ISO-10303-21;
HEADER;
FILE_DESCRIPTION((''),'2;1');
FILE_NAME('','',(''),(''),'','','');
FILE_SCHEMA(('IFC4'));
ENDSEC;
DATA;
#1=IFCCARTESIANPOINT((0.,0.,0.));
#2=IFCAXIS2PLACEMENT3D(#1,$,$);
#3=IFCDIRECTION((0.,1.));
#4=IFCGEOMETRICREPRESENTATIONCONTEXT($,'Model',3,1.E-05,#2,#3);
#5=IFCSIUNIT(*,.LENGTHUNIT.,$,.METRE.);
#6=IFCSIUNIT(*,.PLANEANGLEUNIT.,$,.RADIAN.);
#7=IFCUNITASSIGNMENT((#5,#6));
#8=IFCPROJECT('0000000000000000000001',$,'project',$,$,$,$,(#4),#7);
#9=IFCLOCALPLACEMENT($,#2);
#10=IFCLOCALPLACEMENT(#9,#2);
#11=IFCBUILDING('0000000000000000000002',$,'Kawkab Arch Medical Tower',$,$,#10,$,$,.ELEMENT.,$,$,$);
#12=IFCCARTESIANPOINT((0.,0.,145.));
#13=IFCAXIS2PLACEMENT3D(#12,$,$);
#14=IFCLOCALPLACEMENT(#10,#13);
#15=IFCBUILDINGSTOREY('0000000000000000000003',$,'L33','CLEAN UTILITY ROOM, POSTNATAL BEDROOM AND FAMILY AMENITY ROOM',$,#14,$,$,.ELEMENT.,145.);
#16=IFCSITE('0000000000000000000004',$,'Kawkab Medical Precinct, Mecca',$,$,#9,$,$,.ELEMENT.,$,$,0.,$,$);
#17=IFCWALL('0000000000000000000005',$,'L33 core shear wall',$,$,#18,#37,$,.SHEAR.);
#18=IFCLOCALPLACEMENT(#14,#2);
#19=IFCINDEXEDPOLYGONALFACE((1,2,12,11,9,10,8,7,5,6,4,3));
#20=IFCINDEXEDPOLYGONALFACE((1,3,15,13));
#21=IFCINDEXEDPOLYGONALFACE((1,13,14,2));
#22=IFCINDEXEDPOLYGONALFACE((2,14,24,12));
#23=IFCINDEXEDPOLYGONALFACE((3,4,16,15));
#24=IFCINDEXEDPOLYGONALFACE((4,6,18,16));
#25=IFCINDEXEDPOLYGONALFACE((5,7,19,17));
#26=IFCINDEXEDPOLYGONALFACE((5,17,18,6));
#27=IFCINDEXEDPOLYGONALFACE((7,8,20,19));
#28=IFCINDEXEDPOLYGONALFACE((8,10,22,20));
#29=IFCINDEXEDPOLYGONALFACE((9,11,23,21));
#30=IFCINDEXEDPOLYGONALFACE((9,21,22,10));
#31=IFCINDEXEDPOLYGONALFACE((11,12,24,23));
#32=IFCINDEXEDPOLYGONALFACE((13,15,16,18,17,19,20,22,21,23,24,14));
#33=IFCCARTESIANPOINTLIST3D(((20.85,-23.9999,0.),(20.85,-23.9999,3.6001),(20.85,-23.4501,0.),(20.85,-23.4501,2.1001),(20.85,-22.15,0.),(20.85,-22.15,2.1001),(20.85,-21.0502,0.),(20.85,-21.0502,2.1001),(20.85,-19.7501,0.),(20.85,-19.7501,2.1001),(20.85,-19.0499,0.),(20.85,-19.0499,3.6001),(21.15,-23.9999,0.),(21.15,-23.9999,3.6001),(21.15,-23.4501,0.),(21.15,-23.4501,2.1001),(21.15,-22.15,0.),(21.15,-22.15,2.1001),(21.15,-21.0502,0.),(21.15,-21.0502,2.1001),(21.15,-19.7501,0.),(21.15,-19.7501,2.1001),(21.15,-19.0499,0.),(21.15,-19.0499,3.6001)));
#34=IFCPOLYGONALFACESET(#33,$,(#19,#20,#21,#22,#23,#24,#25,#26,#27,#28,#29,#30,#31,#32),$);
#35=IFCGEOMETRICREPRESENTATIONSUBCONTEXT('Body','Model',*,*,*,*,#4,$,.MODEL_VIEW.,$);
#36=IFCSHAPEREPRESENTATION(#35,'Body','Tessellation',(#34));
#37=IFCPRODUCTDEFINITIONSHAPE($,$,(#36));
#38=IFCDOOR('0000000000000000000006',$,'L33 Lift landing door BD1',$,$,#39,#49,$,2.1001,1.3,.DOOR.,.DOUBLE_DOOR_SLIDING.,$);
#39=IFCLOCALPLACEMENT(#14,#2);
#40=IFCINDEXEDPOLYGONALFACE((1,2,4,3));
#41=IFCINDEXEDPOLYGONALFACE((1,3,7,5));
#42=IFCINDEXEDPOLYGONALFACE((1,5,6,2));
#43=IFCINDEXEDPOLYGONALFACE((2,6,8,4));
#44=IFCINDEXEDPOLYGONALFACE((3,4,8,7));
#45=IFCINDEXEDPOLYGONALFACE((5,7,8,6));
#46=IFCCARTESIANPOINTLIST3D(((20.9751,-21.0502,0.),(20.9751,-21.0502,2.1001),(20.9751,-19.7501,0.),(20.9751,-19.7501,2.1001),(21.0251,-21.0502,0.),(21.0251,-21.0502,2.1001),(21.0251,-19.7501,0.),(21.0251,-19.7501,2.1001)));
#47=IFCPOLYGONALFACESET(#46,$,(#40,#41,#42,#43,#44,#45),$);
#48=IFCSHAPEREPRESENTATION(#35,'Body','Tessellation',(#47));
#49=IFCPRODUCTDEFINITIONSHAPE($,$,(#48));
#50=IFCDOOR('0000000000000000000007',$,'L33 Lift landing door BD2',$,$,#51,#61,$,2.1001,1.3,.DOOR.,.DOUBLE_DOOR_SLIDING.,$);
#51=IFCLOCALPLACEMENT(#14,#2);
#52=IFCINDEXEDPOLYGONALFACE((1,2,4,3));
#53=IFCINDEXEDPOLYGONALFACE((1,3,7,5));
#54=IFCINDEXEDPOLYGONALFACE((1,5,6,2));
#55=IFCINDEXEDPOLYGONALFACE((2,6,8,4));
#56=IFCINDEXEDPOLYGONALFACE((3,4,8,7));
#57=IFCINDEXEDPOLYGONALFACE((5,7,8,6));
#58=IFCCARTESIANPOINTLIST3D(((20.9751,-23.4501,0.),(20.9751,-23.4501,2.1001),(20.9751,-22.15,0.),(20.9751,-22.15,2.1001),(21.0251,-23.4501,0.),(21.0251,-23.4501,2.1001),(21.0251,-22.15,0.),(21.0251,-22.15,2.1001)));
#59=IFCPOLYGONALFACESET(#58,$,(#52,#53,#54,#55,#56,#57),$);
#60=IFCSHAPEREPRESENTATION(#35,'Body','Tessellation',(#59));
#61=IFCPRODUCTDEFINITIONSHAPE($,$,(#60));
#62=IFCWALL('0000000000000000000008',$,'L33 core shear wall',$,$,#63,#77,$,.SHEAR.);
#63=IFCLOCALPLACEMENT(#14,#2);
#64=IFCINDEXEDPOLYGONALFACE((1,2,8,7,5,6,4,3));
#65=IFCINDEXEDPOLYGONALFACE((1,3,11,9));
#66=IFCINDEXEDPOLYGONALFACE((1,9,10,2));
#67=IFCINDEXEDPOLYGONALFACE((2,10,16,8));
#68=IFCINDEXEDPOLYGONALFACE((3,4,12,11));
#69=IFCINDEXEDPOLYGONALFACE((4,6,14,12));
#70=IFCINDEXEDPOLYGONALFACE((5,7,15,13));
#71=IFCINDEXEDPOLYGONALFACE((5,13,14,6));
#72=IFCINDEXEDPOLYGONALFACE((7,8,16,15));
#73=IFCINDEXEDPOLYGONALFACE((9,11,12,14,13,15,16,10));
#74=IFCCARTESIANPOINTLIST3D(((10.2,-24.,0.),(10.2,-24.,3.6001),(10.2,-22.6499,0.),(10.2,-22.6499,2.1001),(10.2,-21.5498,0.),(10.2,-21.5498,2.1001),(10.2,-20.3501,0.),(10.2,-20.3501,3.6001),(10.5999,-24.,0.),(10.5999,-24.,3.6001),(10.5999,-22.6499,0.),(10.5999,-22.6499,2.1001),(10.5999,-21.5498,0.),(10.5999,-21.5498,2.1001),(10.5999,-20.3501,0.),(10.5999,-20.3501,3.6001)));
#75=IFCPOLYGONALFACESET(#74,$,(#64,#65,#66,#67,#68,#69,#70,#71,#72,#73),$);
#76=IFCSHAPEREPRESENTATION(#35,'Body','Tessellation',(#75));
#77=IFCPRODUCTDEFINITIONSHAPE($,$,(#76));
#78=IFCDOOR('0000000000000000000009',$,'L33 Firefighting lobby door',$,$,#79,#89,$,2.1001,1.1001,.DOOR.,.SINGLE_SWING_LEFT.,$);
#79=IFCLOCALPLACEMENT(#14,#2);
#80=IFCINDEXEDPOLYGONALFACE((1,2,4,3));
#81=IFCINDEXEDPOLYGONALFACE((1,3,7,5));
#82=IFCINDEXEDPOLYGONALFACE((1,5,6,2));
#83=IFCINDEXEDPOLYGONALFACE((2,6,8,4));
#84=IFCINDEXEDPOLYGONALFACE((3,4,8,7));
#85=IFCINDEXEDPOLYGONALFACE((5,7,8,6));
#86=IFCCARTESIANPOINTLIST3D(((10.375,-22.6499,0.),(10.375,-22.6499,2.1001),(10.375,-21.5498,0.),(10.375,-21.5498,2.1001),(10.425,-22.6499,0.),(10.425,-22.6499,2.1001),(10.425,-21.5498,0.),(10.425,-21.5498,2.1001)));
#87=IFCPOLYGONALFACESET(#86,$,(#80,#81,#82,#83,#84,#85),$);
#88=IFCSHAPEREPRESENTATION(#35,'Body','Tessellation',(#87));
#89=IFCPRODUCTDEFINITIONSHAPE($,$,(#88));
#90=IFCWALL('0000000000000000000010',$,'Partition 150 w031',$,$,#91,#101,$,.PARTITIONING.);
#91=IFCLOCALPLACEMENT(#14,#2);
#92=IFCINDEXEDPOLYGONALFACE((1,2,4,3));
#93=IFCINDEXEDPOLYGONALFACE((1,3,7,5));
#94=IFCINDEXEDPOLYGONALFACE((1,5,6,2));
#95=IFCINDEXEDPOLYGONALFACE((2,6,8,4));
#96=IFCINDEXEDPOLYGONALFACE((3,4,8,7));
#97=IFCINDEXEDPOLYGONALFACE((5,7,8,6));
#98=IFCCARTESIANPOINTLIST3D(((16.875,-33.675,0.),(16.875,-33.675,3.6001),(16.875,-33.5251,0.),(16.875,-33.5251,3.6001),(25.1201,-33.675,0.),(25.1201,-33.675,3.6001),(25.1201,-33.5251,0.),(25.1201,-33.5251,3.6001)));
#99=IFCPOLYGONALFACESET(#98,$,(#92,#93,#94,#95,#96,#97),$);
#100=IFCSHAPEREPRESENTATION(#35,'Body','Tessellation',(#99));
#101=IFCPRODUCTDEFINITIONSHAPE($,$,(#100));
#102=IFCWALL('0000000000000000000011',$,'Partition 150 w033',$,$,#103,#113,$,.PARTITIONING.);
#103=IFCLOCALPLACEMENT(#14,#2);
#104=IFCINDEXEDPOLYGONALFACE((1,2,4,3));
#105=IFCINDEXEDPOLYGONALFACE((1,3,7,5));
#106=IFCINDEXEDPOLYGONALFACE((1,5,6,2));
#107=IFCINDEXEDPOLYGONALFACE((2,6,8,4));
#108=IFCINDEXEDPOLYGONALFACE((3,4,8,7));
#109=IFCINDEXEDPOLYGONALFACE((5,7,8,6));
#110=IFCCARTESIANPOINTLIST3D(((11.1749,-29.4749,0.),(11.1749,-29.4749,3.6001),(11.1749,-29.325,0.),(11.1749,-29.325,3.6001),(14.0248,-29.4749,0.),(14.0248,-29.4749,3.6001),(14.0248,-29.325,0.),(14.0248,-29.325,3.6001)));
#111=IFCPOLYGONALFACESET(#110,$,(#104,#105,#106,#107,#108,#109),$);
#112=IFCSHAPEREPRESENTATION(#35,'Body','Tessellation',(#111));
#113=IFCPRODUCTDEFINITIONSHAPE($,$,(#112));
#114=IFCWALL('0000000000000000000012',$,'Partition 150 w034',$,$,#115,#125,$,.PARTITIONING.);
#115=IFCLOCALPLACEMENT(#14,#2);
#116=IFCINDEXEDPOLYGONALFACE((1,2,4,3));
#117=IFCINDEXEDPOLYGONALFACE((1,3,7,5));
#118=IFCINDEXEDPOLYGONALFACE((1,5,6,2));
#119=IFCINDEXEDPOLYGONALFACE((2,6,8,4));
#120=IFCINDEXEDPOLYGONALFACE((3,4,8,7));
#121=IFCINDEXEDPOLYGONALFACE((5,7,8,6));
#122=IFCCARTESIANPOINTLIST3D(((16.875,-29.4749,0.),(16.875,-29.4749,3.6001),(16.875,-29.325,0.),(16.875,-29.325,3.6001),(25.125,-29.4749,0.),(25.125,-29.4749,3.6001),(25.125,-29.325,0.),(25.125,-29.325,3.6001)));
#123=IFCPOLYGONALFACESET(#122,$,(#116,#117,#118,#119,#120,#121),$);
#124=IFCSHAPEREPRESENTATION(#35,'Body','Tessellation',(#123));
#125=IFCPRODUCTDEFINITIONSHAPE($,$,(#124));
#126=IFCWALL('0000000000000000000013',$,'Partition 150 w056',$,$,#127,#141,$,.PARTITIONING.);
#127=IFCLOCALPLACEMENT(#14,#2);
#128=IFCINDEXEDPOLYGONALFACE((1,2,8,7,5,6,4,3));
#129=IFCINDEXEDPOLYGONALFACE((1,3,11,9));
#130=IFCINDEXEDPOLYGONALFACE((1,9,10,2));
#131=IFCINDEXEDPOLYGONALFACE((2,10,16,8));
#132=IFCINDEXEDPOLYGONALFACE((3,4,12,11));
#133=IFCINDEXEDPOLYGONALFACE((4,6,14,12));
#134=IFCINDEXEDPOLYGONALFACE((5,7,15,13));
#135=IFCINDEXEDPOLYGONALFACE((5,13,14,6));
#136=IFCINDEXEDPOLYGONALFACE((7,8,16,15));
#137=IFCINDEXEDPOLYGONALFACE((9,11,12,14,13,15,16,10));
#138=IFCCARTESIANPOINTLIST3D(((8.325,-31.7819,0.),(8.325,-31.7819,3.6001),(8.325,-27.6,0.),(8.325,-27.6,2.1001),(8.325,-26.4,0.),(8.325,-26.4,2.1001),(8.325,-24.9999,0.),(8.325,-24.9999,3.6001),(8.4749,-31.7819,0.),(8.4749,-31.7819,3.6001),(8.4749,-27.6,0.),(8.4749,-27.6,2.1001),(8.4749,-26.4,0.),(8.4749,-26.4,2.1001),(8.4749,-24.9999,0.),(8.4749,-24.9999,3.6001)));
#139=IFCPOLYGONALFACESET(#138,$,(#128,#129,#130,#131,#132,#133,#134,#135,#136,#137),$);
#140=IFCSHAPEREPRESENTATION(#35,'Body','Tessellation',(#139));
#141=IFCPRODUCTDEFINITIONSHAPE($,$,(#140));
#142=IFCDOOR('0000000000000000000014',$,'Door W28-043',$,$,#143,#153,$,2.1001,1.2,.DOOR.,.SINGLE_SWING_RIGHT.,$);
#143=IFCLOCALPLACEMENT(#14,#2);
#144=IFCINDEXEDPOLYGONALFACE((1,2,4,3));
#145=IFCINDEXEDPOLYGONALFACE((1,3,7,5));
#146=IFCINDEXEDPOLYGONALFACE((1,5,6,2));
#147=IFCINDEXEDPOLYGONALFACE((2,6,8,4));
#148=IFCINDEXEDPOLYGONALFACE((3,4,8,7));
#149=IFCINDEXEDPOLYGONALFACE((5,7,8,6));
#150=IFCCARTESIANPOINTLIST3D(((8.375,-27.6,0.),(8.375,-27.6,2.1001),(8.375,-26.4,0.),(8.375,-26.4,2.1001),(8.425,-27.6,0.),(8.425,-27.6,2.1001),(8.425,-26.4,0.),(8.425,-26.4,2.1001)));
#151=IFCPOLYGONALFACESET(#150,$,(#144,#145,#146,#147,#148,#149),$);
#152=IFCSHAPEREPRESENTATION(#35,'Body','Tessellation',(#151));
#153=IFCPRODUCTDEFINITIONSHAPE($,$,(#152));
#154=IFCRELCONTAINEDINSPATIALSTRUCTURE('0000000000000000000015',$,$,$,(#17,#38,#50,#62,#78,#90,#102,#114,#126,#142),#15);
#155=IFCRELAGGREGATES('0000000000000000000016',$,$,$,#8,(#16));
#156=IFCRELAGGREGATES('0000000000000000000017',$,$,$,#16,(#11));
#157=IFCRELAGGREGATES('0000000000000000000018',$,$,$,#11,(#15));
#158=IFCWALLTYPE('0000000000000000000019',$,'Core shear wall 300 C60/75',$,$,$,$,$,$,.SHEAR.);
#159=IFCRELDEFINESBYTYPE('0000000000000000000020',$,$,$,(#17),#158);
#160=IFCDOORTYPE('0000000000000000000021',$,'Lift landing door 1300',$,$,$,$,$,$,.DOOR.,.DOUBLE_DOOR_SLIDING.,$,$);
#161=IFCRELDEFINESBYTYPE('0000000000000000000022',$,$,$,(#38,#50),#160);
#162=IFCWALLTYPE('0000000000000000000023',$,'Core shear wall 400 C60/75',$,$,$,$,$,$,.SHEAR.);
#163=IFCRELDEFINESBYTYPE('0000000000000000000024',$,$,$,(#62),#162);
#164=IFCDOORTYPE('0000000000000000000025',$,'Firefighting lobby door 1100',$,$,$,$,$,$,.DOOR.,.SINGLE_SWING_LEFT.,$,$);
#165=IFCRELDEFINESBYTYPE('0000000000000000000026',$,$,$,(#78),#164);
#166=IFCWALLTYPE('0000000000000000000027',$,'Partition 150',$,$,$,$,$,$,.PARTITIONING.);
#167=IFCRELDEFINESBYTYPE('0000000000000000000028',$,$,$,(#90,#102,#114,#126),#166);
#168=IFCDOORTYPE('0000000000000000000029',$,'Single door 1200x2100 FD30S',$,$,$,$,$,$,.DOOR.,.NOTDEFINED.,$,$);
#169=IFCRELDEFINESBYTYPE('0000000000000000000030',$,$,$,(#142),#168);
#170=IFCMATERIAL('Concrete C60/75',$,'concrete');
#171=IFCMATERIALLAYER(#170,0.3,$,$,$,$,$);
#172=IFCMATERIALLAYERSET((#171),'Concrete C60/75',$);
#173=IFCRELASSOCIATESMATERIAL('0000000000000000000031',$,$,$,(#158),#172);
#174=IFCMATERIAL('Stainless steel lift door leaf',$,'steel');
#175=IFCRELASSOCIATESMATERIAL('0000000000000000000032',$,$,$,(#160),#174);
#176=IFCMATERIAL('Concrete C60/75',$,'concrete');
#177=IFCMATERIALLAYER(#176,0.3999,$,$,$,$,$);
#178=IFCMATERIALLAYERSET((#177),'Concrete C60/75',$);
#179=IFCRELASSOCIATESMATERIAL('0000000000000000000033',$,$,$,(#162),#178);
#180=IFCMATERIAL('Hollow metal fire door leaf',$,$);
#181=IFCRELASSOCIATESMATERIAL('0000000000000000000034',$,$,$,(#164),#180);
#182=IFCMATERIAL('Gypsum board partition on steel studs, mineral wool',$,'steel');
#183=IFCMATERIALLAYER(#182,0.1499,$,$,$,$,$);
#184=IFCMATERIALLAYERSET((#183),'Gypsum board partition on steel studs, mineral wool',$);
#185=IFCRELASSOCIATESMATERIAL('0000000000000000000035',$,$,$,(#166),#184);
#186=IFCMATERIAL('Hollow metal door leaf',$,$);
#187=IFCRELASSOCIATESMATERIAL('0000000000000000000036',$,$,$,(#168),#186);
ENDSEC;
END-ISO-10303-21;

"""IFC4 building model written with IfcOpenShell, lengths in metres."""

from ifc_helpers import new_model, si_unit, direction, frame, frame_2d, origin, place, context, subcontext, project, spatial, rectangle, extrude, material, layer, layer_set, type_object, element, fill, save


model = new_model("IFC4")

# Units and contexts
model_context = context("Model", 3, precision=1e-05, world=origin(), true_north=direction((0.0, 1.0)))
body_context = subcontext(model_context, "Body", "Model", "MODEL_VIEW")
ifc_project = project(units=[si_unit("LENGTHUNIT", "METRE"), si_unit("PLANEANGLEUNIT", "RADIAN")], contexts=[model_context])

# Site, building, storey
site_placement = place(None, origin())
site = spatial("IfcSite", under=ifc_project, at=site_placement, Name="Kawkab Medical Precinct, Mecca", CompositionType="ELEMENT", RefElevation=0.0)
building_placement = place(site_placement, origin())
building = spatial("IfcBuilding", under=site, at=building_placement, Name="Kawkab Arch Medical Tower", CompositionType="ELEMENT")
storey_placement = place(building_placement, frame((0.0, 0.0, 145.0)))
storey = spatial("IfcBuildingStorey", under=building, at=storey_placement, Name="L33", Description="CLEAN UTILITY ROOM, POSTNATAL BEDROOM AND FAMILY AMENITY ROOM", CompositionType="ELEMENT", Elevation=145.0)

# Wall, openings, doors
ifc_material_1 = material(Name="Concrete C60/75", Category="concrete")
ifc_layer_1 = layer(ifc_material_1, 0.3)
ifc_layer_set_1 = layer_set([ifc_layer_1], Name="Concrete C60/75")
wall_type_1 = type_object("IfcWallType", Name="Core shear wall 300 C60/75", PredefinedType="SHEAR", material=ifc_layer_set_1)
wall_1_placement = place(storey_placement, frame((21.0, -24.0, 0.0), z_axis=(0.0, 0.0, 1.0), x_axis=(0.0, 1.0, 0.0)))
wall_1 = element("IfcWall", 1, at=wall_1_placement, inside=storey, type_object=wall_type_1, Name="L33 core shear wall", PredefinedType="SHEAR", context=body_context, shape_type="SweptSolid", body=[
    extrude(rectangle(XDim=4.95, YDim=0.3, at=frame_2d((2.4751, 0.0))), origin(), (0.0, 0.0, 1.0), 3.6001),
])
opening_1_placement = place(wall_1_placement, frame((2.95, 0.0, 0.0)))
opening_1 = element("IfcOpeningElement", 2, at=opening_1_placement, cuts=wall_1, PredefinedType="OPENING", context=body_context, shape_type="SweptSolid", body=[
    extrude(rectangle(XDim=1.3, YDim=2.1001, at=frame_2d((0.6499, 1.05))), frame((0.0, 0.1599, 0.0), z_axis=(0.0, -1.0, 0.0), x_axis=(1.0, 0.0, 0.0)), (0.0, 0.0, 1.0), 0.3201),
])
opening_2_placement = place(wall_1_placement, frame((0.55, 0.0, 0.0)))
opening_2 = element("IfcOpeningElement", 3, at=opening_2_placement, cuts=wall_1, PredefinedType="OPENING", context=body_context, shape_type="SweptSolid", body=[
    extrude(rectangle(XDim=1.3, YDim=2.1001, at=frame_2d((0.6499, 1.05))), frame((0.0, 0.1599, 0.0), z_axis=(0.0, -1.0, 0.0), x_axis=(1.0, 0.0, 0.0)), (0.0, 0.0, 1.0), 0.3201),
])
ifc_material_2 = material(Name="Stainless steel lift door leaf", Category="steel")
door_type_1 = type_object("IfcDoorType", Name="Lift landing door 1300", OperationType="DOUBLE_DOOR_SLIDING", PredefinedType="DOOR", material=ifc_material_2)
door_1_placement = place(opening_1_placement, origin())
door_1 = element("IfcDoor", 4, at=door_1_placement, inside=storey, type_object=door_type_1, Name="L33 Lift landing door BD1", OperationType="DOUBLE_DOOR_SLIDING", OverallHeight=2.1001, OverallWidth=1.3, PredefinedType="DOOR", context=body_context, shape_type="SweptSolid", body=[
    extrude(rectangle(XDim=1.3, YDim=2.1001, at=frame_2d((0.6499, 1.05))), frame((0.0, 0.0249, 0.0), z_axis=(0.0, -1.0, 0.0), x_axis=(1.0, 0.0, 0.0)), (0.0, 0.0, 1.0), 0.05),
])
fill(opening_1, door_1)
door_2_placement = place(opening_2_placement, origin())
door_2 = element("IfcDoor", 5, at=door_2_placement, inside=storey, type_object=door_type_1, Name="L33 Lift landing door BD2", OperationType="DOUBLE_DOOR_SLIDING", OverallHeight=2.1001, OverallWidth=1.3, PredefinedType="DOOR", context=body_context, shape_type="SweptSolid", body=[
    extrude(rectangle(XDim=1.3, YDim=2.1001, at=frame_2d((0.6499, 1.05))), frame((0.0, 0.0249, 0.0), z_axis=(0.0, -1.0, 0.0), x_axis=(1.0, 0.0, 0.0)), (0.0, 0.0, 1.0), 0.05),
])
fill(opening_2, door_2)

# Wall, opening, door
ifc_material_3 = material(Name="Concrete C60/75", Category="concrete")
ifc_layer_2 = layer(ifc_material_3, 0.3999)
ifc_layer_set_2 = layer_set([ifc_layer_2], Name="Concrete C60/75")
wall_type_2 = type_object("IfcWallType", Name="Core shear wall 400 C60/75", PredefinedType="SHEAR", material=ifc_layer_set_2)
wall_2_placement = place(storey_placement, frame((10.3999, -24.0, 0.0), z_axis=(0.0, 0.0, 1.0), x_axis=(0.0, 1.0, 0.0)))
wall_2 = element("IfcWall", 6, at=wall_2_placement, inside=storey, type_object=wall_type_2, Name="L33 core shear wall", PredefinedType="SHEAR", context=body_context, shape_type="SweptSolid", body=[
    extrude(rectangle(XDim=3.6499, YDim=0.3999, at=frame_2d((1.825, 0.0))), origin(), (0.0, 0.0, 1.0), 3.6001),
])
opening_3_placement = place(wall_2_placement, frame((1.3501, 0.0, 0.0)))
opening_3 = element("IfcOpeningElement", 7, at=opening_3_placement, cuts=wall_2, PredefinedType="OPENING", context=body_context, shape_type="SweptSolid", body=[
    extrude(rectangle(XDim=1.1001, YDim=2.1001, at=frame_2d((0.55, 1.05))), frame((0.0, 0.21, 0.0), z_axis=(0.0, -1.0, 0.0), x_axis=(1.0, 0.0, 0.0)), (0.0, 0.0, 1.0), 0.4199),
])
ifc_material_4 = material(Name="Hollow metal fire door leaf")
door_type_2 = type_object("IfcDoorType", Name="Firefighting lobby door 1100", OperationType="SINGLE_SWING_LEFT", PredefinedType="DOOR", material=ifc_material_4)
door_3_placement = place(opening_3_placement, origin())
door_3 = element("IfcDoor", 8, at=door_3_placement, inside=storey, type_object=door_type_2, Name="L33 Firefighting lobby door", OperationType="SINGLE_SWING_LEFT", OverallHeight=2.1001, OverallWidth=1.1001, PredefinedType="DOOR", context=body_context, shape_type="SweptSolid", body=[
    extrude(rectangle(XDim=1.1001, YDim=2.1001, at=frame_2d((0.55, 1.05))), frame((0.0, 0.0249, 0.0), z_axis=(0.0, -1.0, 0.0), x_axis=(1.0, 0.0, 0.0)), (0.0, 0.0, 1.0), 0.05),
])
fill(opening_3, door_3)

# Walls
ifc_material_5 = material(Name="Gypsum board partition on steel studs, mineral wool", Category="steel")
ifc_layer_3 = layer(ifc_material_5, 0.1499)
ifc_layer_set_3 = layer_set([ifc_layer_3], Name="Gypsum board partition on steel studs, mineral wool")
wall_type_3 = type_object("IfcWallType", Name="Partition 150", PredefinedType="PARTITIONING", material=ifc_layer_set_3)
wall_3_placement = place(storey_placement, frame((16.875, -33.6001, 0.0), z_axis=(0.0, 0.0, 1.0), x_axis=(1.0, 0.0, 0.0)))
element("IfcWall", 9, at=wall_3_placement, inside=storey, type_object=wall_type_3, Name="Partition 150 w031", PredefinedType="PARTITIONING", context=body_context, shape_type="SweptSolid", body=[
    extrude(rectangle(XDim=8.2451, YDim=0.1499, at=frame_2d((4.1226, 0.0))), origin(), (0.0, 0.0, 1.0), 3.6001),
])
wall_4_placement = place(storey_placement, frame((11.175, -29.3999, 0.0), z_axis=(0.0, 0.0, 1.0), x_axis=(1.0, 0.0, 0.0)))
element("IfcWall", 10, at=wall_4_placement, inside=storey, type_object=wall_type_3, Name="Partition 150 w033", PredefinedType="PARTITIONING", context=body_context, shape_type="SweptSolid", body=[
    extrude(rectangle(XDim=2.8499, YDim=0.1499, at=frame_2d((1.4248, 0.0))), origin(), (0.0, 0.0, 1.0), 3.6001),
])
wall_5_placement = place(storey_placement, frame((16.875, -29.3999, 0.0), z_axis=(0.0, 0.0, 1.0), x_axis=(1.0, 0.0, 0.0)))
element("IfcWall", 11, at=wall_5_placement, inside=storey, type_object=wall_type_3, Name="Partition 150 w034", PredefinedType="PARTITIONING", context=body_context, shape_type="SweptSolid", body=[
    extrude(rectangle(XDim=8.25, YDim=0.1499, at=frame_2d((4.125, 0.0))), origin(), (0.0, 0.0, 1.0), 3.6001),
])

# Wall, opening, door
wall_6_placement = place(storey_placement, frame((8.3999, -31.782, 0.0), z_axis=(0.0, 0.0, 1.0), x_axis=(0.0, 1.0, 0.0)))
wall_6 = element("IfcWall", 12, at=wall_6_placement, inside=storey, type_object=wall_type_3, Name="Partition 150 w056", PredefinedType="PARTITIONING", context=body_context, shape_type="SweptSolid", body=[
    extrude(rectangle(XDim=6.782, YDim=0.1499, at=frame_2d((3.3911, 0.0))), origin(), (0.0, 0.0, 1.0), 3.6001),
])
opening_4_placement = place(wall_6_placement, frame((4.1819, 0.0, 0.0)))
opening_4 = element("IfcOpeningElement", 13, at=opening_4_placement, cuts=wall_6, PredefinedType="OPENING", context=body_context, shape_type="SweptSolid", body=[
    extrude(rectangle(XDim=1.2, YDim=2.1001, at=frame_2d((0.6001, 1.05))), frame((0.0, 0.085, 0.0), z_axis=(0.0, -1.0, 0.0), x_axis=(1.0, 0.0, 0.0)), (0.0, 0.0, 1.0), 0.1699),
])
ifc_material_6 = material(Name="Hollow metal door leaf")
door_type_3 = type_object("IfcDoorType", Name="Single door 1200x2100 FD30S", OperationType="NOTDEFINED", PredefinedType="DOOR", material=ifc_material_6)
door_4_placement = place(opening_4_placement, origin())
door_4 = element("IfcDoor", 14, at=door_4_placement, inside=storey, type_object=door_type_3, Name="Door W28-043", OperationType="SINGLE_SWING_RIGHT", OverallHeight=2.1001, OverallWidth=1.2, PredefinedType="DOOR", context=body_context, shape_type="SweptSolid", body=[
    extrude(rectangle(XDim=1.2, YDim=2.1001, at=frame_2d((0.6001, 1.05))), frame((0.0, 0.0249, 0.0), z_axis=(0.0, -1.0, 0.0), x_axis=(1.0, 0.0, 0.0)), (0.0, 0.0, 1.0), 0.05),
])
fill(opening_4, door_4)

save(model, "model.ifc")
